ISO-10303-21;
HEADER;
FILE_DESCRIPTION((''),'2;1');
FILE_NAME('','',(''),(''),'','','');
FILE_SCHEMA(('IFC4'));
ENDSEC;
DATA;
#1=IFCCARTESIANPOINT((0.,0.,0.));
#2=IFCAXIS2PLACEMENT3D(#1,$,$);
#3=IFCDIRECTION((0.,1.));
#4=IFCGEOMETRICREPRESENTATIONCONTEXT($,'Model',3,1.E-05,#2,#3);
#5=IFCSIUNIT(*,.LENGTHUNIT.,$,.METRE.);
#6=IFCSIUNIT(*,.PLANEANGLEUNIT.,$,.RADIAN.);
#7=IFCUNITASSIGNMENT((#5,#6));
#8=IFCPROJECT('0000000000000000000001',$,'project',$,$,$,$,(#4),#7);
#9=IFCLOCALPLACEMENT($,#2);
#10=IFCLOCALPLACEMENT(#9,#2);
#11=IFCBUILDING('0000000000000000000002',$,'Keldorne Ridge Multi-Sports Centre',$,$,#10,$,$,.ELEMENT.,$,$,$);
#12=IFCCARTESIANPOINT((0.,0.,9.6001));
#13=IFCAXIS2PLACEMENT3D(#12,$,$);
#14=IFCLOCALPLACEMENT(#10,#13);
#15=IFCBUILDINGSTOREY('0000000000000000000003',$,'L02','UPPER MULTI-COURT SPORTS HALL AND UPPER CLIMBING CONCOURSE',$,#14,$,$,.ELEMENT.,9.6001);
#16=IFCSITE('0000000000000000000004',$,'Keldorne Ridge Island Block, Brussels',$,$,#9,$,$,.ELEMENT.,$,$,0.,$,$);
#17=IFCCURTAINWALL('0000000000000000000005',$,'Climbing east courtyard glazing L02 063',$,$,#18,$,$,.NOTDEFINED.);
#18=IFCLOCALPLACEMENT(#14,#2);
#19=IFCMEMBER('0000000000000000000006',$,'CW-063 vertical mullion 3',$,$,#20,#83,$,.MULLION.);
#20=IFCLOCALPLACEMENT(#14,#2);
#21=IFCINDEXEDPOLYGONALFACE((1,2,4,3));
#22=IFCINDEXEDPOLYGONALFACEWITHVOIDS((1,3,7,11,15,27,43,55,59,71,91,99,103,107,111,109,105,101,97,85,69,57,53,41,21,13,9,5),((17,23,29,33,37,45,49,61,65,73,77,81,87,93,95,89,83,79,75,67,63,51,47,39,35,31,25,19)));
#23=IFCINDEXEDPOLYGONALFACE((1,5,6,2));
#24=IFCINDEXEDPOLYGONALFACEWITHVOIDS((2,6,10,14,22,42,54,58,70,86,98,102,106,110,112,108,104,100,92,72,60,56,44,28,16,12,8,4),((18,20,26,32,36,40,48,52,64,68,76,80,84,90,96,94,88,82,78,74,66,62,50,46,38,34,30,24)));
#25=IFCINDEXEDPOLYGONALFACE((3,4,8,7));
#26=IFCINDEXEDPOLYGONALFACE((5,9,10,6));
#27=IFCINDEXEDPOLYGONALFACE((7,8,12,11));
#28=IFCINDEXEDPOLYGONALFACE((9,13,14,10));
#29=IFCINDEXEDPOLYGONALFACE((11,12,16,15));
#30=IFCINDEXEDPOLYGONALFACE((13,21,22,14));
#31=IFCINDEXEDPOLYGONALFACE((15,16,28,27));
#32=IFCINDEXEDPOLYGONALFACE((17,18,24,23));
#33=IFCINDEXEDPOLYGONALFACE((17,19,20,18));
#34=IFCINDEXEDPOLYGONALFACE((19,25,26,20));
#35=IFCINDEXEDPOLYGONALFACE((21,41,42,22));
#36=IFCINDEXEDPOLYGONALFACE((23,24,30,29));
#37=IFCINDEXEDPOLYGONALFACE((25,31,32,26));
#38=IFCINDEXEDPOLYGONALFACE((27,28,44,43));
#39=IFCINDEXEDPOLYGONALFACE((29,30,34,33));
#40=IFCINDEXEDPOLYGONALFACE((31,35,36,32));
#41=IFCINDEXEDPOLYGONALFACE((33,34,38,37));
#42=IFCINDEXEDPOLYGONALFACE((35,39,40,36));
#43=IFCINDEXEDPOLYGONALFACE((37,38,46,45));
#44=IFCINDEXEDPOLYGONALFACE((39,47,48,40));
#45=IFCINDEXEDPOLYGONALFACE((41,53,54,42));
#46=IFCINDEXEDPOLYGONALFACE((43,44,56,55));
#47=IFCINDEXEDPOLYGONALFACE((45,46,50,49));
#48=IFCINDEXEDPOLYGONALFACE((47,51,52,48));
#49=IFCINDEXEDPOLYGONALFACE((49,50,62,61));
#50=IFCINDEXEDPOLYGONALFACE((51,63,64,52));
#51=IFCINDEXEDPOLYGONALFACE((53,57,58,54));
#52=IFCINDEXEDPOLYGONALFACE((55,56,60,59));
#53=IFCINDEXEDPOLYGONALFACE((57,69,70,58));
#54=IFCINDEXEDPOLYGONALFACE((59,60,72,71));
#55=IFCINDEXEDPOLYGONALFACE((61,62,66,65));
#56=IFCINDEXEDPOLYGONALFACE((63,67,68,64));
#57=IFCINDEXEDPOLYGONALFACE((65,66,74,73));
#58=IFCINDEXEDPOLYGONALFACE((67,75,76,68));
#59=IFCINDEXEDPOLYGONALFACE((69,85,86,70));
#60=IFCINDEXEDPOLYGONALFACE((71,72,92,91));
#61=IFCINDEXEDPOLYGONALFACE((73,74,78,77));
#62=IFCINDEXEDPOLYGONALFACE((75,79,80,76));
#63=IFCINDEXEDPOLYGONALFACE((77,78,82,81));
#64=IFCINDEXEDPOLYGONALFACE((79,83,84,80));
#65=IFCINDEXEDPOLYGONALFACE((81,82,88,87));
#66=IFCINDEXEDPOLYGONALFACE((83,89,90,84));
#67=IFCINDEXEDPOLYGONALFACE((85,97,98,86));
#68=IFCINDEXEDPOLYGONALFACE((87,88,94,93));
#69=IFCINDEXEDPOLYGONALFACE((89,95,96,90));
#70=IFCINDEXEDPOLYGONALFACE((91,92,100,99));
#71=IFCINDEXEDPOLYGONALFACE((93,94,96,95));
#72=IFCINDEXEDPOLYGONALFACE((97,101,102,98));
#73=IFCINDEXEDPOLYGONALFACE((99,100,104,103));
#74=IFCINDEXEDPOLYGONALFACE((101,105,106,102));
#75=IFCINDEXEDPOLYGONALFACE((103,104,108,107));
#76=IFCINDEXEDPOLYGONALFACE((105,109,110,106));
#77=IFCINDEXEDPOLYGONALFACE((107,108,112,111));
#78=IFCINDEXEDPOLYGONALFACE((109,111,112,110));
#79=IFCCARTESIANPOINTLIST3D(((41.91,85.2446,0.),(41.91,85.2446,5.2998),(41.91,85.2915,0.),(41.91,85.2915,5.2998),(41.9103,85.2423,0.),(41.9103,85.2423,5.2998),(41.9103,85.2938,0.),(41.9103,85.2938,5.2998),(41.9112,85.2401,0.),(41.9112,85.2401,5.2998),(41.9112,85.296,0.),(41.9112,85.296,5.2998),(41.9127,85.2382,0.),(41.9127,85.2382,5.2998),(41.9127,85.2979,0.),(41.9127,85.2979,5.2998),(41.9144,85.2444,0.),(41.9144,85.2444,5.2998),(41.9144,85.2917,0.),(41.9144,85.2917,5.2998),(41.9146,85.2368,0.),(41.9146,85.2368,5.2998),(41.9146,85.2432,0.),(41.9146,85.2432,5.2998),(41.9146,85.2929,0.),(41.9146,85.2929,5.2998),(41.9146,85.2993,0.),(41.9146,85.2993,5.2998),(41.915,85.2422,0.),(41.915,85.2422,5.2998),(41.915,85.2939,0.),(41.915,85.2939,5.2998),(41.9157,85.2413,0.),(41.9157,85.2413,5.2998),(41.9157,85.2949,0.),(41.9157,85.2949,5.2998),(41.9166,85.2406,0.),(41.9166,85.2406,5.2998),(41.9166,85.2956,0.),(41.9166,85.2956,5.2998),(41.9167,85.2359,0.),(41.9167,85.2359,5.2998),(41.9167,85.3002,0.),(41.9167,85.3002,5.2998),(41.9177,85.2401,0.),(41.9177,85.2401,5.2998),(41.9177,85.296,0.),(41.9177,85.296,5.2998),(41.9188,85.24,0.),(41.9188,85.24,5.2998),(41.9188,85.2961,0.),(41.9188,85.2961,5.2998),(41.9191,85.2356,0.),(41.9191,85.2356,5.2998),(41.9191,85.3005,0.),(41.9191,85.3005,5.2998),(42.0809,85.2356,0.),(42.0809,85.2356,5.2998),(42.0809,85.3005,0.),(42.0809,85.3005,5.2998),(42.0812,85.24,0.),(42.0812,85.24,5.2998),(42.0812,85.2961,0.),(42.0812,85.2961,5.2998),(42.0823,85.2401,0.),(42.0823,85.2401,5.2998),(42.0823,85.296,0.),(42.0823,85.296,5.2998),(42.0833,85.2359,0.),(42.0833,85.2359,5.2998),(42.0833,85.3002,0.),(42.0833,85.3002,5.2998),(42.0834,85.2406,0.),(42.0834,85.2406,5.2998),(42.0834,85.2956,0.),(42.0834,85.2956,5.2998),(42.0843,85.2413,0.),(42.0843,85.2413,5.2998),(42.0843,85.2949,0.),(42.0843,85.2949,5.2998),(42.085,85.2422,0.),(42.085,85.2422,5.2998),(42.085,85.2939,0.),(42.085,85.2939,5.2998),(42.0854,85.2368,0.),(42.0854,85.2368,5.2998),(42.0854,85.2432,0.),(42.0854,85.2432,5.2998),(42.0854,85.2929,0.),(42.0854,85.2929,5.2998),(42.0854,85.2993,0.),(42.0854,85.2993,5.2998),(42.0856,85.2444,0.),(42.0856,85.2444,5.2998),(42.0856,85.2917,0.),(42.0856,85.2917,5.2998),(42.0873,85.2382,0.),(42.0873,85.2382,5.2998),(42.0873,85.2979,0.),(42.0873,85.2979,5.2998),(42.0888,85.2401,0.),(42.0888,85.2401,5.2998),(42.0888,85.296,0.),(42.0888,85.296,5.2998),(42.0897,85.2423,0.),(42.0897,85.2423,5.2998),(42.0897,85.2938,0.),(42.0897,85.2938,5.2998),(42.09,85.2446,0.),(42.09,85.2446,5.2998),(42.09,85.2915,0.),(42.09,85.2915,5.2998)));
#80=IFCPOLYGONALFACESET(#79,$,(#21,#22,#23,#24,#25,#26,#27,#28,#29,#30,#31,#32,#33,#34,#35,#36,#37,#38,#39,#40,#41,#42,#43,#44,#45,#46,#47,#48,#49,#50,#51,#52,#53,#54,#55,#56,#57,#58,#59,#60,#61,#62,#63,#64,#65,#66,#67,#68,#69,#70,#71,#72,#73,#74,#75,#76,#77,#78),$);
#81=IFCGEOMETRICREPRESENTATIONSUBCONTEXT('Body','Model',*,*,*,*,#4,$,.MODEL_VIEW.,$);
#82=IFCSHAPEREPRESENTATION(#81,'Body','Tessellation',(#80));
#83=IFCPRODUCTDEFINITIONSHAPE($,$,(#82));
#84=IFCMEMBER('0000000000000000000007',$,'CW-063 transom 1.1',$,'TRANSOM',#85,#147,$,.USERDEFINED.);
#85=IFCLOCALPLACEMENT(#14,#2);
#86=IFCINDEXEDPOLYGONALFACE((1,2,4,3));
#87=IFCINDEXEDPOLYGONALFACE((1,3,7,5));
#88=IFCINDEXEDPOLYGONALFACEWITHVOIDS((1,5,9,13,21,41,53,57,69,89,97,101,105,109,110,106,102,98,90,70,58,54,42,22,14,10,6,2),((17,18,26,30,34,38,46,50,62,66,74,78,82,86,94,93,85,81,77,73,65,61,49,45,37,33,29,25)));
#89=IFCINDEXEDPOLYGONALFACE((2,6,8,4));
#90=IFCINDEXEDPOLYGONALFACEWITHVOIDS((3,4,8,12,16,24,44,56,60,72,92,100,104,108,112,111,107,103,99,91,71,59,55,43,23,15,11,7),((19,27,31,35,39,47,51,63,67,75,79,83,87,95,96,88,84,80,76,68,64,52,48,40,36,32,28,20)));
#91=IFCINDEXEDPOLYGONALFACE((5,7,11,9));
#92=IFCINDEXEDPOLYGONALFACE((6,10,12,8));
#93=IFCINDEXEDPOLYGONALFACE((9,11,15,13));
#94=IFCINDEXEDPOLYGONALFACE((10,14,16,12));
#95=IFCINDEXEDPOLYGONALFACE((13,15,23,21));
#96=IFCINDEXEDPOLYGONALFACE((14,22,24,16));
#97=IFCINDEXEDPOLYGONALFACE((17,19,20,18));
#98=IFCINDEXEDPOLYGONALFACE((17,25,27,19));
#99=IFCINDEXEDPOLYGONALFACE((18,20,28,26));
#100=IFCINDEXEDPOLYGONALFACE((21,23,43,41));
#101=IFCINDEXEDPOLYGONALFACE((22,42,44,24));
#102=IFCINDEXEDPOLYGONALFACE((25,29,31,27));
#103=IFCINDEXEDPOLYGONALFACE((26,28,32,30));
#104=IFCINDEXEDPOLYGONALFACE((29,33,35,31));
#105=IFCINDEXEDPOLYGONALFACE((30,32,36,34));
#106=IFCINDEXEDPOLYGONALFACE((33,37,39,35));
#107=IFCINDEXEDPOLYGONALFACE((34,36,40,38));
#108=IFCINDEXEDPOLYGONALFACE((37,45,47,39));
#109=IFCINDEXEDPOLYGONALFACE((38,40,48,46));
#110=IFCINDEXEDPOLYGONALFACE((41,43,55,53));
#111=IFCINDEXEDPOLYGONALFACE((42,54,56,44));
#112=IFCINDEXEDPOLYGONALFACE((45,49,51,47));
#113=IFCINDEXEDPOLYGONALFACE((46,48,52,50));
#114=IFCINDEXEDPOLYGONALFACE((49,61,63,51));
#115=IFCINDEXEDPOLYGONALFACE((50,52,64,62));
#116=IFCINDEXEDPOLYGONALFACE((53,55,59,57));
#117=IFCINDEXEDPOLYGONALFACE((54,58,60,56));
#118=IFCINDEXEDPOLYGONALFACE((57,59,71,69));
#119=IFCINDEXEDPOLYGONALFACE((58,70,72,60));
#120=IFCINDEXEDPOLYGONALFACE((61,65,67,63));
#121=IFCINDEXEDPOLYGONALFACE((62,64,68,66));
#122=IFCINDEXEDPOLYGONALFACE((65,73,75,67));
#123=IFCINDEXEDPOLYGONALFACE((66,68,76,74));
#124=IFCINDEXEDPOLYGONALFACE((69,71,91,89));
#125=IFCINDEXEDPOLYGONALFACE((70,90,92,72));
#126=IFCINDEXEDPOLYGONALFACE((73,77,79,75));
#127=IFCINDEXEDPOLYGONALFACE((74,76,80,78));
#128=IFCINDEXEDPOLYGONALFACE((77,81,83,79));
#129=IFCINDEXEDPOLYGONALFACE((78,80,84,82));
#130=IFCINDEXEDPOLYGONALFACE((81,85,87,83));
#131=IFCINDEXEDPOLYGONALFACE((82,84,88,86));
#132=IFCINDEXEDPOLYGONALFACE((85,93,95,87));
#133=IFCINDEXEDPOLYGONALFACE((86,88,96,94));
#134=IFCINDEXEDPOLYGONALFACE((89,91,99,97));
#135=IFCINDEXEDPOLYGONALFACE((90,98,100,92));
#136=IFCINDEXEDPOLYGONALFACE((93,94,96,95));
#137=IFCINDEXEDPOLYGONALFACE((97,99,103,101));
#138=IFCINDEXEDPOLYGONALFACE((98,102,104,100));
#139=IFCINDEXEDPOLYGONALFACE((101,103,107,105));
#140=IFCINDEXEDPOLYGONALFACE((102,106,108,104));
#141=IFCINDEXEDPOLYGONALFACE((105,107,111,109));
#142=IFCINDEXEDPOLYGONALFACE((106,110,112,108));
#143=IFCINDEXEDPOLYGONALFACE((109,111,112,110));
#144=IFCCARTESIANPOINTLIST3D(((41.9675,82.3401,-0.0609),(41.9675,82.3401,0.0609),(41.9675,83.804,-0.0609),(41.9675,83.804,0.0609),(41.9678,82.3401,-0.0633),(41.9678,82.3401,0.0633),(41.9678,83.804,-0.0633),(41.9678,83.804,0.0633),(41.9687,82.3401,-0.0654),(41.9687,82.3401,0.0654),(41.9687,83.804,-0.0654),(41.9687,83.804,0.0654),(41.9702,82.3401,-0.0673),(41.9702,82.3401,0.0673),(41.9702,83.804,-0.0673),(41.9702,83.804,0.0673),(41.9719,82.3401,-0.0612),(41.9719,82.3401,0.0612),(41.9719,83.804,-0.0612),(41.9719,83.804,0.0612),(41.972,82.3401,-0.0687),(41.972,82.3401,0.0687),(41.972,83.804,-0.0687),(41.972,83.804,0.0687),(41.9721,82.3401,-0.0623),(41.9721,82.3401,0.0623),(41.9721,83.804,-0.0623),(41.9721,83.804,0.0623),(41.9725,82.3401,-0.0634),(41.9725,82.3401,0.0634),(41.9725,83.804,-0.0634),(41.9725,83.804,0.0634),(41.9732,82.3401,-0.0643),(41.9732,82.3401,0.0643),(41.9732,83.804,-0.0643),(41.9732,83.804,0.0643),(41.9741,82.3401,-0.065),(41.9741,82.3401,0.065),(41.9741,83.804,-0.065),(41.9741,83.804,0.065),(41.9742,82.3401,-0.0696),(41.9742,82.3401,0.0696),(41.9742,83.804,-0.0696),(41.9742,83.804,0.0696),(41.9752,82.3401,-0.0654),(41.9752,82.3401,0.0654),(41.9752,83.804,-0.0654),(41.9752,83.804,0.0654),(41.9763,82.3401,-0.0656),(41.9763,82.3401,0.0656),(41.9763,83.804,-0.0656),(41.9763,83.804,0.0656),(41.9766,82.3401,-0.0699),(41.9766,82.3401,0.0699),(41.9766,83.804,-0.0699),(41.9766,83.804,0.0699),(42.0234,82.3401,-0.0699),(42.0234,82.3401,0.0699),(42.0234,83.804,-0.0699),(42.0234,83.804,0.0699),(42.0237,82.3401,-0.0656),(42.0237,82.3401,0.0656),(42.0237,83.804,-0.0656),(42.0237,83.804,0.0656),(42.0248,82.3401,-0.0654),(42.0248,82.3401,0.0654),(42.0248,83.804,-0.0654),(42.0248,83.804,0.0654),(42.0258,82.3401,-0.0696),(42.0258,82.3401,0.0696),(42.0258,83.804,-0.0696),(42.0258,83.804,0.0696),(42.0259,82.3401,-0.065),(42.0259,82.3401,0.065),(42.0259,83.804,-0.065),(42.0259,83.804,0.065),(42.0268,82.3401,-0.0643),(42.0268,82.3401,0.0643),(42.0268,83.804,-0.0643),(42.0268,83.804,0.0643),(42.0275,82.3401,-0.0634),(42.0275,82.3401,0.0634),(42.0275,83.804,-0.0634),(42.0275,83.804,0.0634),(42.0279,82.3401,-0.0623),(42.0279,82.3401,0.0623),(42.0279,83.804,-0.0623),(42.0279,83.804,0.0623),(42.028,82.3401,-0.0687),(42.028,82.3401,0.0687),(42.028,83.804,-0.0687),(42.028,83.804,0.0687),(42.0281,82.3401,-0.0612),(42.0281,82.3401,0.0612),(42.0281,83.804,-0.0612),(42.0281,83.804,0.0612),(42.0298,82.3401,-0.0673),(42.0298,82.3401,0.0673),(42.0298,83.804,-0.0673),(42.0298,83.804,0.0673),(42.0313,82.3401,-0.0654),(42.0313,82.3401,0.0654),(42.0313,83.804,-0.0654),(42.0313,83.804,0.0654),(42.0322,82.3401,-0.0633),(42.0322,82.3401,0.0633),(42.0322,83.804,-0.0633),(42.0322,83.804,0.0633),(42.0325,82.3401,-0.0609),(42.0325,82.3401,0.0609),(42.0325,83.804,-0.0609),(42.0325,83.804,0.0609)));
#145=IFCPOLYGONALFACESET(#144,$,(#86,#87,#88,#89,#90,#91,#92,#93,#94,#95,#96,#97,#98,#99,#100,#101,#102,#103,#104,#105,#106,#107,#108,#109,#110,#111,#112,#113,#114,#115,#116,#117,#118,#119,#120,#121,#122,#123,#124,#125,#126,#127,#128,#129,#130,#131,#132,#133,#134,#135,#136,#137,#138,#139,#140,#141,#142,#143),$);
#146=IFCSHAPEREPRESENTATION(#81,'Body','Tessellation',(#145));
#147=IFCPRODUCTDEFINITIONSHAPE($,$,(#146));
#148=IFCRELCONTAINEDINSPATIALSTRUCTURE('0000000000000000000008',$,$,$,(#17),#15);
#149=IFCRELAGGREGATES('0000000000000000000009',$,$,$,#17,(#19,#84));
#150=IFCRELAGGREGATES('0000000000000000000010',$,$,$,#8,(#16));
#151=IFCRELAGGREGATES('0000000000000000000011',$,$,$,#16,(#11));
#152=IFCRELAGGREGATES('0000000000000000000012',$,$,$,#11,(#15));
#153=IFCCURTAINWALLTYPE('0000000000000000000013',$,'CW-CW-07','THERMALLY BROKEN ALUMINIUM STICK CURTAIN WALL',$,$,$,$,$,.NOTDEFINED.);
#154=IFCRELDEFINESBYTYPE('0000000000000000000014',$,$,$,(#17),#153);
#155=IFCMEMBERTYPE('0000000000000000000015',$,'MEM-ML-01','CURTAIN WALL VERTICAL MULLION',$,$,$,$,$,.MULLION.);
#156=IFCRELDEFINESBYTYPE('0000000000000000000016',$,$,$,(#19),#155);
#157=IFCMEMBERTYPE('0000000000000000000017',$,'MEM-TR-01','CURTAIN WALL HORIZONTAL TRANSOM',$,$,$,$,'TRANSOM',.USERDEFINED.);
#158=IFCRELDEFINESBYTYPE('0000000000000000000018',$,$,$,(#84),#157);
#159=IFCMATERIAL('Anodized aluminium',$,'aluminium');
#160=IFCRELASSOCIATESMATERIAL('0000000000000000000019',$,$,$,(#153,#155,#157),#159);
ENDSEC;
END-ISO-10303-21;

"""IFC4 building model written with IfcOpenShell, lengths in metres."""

from ifc_helpers import new_model, si_unit, direction, frame, origin, origin_2d, place, context, subcontext, project, spatial, hollow_rectangle, extrude, material, material_profile, profile_set, type_object, element, aggregate, save


model = new_model("IFC4")

# Units and contexts
model_context = context("Model", 3, precision=1e-05, world=origin(), true_north=direction((0.0, 1.0)))
body_context = subcontext(model_context, "Body", "Model", "MODEL_VIEW")
ifc_project = project(units=[si_unit("LENGTHUNIT", "METRE"), si_unit("PLANEANGLEUNIT", "RADIAN")], contexts=[model_context])

# Site, building, storey
site_placement = place(None, origin())
site = spatial("IfcSite", under=ifc_project, at=site_placement, Name="Keldorne Ridge Island Block, Brussels", CompositionType="ELEMENT", RefElevation=0.0)
building_placement = place(site_placement, origin())
building = spatial("IfcBuilding", under=site, at=building_placement, Name="Keldorne Ridge Multi-Sports Centre", CompositionType="ELEMENT")
storey_placement = place(building_placement, frame((0.0, 0.0, 9.6001)))
storey = spatial("IfcBuildingStorey", under=building, at=storey_placement, Name="L02", Description="UPPER MULTI-COURT SPORTS HALL AND UPPER CLIMBING CONCOURSE", CompositionType="ELEMENT", Elevation=9.6001)

# Curtain wall, members
ifc_material_1 = material(Name="Anodized aluminium", Category="aluminium")
curtain_wall_type = type_object("IfcCurtainWallType", Name="CW-CW-07", Description="THERMALLY BROKEN ALUMINIUM STICK CURTAIN WALL", PredefinedType="NOTDEFINED", material=ifc_material_1)
curtain_wall_placement = place(storey_placement, origin())
curtain_wall = element("IfcCurtainWall", 1, at=curtain_wall_placement, inside=storey, type_object=curtain_wall_type, Name="Climbing east courtyard glazing L02 063", PredefinedType="NOTDEFINED")
ifc_material_profile_1 = material_profile(ifc_material_1, hollow_rectangle(XDim=0.0649, YDim=0.1799, WallThickness=0.0044, InnerFilletRadius=0.0044, OuterFilletRadius=0.009, at=origin_2d()), Name="ALU MULLION 180x65x4.5")
ifc_profile_set_1 = profile_set([ifc_material_profile_1], Name="Anodized aluminium")
member_type_1 = type_object("IfcMemberType", Name="MEM-ML-01", Description="CURTAIN WALL VERTICAL MULLION", PredefinedType="MULLION", material=ifc_profile_set_1)
member_1_placement = place(storey_placement, frame((42.0, 85.2681, 0.0), z_axis=(0.0, 0.0, 1.0), x_axis=(0.0, 1.0, 0.0)))
member_1 = element("IfcMember", 2, at=member_1_placement, type_object=member_type_1, Name="CW-063 vertical mullion 3", PredefinedType="MULLION", context=body_context, shape_type="SweptSolid", body=[
    extrude(hollow_rectangle(XDim=0.0649, YDim=0.1799, WallThickness=0.0044, InnerFilletRadius=0.0044, OuterFilletRadius=0.009, at=origin_2d()), origin(), (0.0, 0.0, 1.0), 5.2998),
])
ifc_material_profile_2 = material_profile(ifc_material_1, hollow_rectangle(XDim=0.0649, YDim=0.1399, WallThickness=0.0044, InnerFilletRadius=0.0044, OuterFilletRadius=0.009, at=origin_2d()), Name="ALU TRANSOM 140x65x4.5")
ifc_profile_set_2 = profile_set([ifc_material_profile_2], Name="Anodized aluminium")
member_type_2 = type_object("IfcMemberType", Name="MEM-TR-01", Description="CURTAIN WALL HORIZONTAL TRANSOM", ElementType="TRANSOM", PredefinedType="USERDEFINED", material=ifc_profile_set_2)
member_2_placement = place(storey_placement, frame((42.0, 82.3401, 0.0), z_axis=(0.0, 1.0, 0.0), x_axis=(-1.0, 0.0, 0.0)))
member_2 = element("IfcMember", 3, at=member_2_placement, type_object=member_type_2, Name="CW-063 transom 1.1", ObjectType="TRANSOM", PredefinedType="USERDEFINED", context=body_context, shape_type="SweptSolid", body=[
    extrude(hollow_rectangle(XDim=0.0649, YDim=0.1399, WallThickness=0.0044, InnerFilletRadius=0.0044, OuterFilletRadius=0.009, at=origin_2d()), origin(), (0.0, 0.0, 1.0), 1.4639),
])
aggregate(curtain_wall, [member_1, member_2])

save(model, "model.ifc")
